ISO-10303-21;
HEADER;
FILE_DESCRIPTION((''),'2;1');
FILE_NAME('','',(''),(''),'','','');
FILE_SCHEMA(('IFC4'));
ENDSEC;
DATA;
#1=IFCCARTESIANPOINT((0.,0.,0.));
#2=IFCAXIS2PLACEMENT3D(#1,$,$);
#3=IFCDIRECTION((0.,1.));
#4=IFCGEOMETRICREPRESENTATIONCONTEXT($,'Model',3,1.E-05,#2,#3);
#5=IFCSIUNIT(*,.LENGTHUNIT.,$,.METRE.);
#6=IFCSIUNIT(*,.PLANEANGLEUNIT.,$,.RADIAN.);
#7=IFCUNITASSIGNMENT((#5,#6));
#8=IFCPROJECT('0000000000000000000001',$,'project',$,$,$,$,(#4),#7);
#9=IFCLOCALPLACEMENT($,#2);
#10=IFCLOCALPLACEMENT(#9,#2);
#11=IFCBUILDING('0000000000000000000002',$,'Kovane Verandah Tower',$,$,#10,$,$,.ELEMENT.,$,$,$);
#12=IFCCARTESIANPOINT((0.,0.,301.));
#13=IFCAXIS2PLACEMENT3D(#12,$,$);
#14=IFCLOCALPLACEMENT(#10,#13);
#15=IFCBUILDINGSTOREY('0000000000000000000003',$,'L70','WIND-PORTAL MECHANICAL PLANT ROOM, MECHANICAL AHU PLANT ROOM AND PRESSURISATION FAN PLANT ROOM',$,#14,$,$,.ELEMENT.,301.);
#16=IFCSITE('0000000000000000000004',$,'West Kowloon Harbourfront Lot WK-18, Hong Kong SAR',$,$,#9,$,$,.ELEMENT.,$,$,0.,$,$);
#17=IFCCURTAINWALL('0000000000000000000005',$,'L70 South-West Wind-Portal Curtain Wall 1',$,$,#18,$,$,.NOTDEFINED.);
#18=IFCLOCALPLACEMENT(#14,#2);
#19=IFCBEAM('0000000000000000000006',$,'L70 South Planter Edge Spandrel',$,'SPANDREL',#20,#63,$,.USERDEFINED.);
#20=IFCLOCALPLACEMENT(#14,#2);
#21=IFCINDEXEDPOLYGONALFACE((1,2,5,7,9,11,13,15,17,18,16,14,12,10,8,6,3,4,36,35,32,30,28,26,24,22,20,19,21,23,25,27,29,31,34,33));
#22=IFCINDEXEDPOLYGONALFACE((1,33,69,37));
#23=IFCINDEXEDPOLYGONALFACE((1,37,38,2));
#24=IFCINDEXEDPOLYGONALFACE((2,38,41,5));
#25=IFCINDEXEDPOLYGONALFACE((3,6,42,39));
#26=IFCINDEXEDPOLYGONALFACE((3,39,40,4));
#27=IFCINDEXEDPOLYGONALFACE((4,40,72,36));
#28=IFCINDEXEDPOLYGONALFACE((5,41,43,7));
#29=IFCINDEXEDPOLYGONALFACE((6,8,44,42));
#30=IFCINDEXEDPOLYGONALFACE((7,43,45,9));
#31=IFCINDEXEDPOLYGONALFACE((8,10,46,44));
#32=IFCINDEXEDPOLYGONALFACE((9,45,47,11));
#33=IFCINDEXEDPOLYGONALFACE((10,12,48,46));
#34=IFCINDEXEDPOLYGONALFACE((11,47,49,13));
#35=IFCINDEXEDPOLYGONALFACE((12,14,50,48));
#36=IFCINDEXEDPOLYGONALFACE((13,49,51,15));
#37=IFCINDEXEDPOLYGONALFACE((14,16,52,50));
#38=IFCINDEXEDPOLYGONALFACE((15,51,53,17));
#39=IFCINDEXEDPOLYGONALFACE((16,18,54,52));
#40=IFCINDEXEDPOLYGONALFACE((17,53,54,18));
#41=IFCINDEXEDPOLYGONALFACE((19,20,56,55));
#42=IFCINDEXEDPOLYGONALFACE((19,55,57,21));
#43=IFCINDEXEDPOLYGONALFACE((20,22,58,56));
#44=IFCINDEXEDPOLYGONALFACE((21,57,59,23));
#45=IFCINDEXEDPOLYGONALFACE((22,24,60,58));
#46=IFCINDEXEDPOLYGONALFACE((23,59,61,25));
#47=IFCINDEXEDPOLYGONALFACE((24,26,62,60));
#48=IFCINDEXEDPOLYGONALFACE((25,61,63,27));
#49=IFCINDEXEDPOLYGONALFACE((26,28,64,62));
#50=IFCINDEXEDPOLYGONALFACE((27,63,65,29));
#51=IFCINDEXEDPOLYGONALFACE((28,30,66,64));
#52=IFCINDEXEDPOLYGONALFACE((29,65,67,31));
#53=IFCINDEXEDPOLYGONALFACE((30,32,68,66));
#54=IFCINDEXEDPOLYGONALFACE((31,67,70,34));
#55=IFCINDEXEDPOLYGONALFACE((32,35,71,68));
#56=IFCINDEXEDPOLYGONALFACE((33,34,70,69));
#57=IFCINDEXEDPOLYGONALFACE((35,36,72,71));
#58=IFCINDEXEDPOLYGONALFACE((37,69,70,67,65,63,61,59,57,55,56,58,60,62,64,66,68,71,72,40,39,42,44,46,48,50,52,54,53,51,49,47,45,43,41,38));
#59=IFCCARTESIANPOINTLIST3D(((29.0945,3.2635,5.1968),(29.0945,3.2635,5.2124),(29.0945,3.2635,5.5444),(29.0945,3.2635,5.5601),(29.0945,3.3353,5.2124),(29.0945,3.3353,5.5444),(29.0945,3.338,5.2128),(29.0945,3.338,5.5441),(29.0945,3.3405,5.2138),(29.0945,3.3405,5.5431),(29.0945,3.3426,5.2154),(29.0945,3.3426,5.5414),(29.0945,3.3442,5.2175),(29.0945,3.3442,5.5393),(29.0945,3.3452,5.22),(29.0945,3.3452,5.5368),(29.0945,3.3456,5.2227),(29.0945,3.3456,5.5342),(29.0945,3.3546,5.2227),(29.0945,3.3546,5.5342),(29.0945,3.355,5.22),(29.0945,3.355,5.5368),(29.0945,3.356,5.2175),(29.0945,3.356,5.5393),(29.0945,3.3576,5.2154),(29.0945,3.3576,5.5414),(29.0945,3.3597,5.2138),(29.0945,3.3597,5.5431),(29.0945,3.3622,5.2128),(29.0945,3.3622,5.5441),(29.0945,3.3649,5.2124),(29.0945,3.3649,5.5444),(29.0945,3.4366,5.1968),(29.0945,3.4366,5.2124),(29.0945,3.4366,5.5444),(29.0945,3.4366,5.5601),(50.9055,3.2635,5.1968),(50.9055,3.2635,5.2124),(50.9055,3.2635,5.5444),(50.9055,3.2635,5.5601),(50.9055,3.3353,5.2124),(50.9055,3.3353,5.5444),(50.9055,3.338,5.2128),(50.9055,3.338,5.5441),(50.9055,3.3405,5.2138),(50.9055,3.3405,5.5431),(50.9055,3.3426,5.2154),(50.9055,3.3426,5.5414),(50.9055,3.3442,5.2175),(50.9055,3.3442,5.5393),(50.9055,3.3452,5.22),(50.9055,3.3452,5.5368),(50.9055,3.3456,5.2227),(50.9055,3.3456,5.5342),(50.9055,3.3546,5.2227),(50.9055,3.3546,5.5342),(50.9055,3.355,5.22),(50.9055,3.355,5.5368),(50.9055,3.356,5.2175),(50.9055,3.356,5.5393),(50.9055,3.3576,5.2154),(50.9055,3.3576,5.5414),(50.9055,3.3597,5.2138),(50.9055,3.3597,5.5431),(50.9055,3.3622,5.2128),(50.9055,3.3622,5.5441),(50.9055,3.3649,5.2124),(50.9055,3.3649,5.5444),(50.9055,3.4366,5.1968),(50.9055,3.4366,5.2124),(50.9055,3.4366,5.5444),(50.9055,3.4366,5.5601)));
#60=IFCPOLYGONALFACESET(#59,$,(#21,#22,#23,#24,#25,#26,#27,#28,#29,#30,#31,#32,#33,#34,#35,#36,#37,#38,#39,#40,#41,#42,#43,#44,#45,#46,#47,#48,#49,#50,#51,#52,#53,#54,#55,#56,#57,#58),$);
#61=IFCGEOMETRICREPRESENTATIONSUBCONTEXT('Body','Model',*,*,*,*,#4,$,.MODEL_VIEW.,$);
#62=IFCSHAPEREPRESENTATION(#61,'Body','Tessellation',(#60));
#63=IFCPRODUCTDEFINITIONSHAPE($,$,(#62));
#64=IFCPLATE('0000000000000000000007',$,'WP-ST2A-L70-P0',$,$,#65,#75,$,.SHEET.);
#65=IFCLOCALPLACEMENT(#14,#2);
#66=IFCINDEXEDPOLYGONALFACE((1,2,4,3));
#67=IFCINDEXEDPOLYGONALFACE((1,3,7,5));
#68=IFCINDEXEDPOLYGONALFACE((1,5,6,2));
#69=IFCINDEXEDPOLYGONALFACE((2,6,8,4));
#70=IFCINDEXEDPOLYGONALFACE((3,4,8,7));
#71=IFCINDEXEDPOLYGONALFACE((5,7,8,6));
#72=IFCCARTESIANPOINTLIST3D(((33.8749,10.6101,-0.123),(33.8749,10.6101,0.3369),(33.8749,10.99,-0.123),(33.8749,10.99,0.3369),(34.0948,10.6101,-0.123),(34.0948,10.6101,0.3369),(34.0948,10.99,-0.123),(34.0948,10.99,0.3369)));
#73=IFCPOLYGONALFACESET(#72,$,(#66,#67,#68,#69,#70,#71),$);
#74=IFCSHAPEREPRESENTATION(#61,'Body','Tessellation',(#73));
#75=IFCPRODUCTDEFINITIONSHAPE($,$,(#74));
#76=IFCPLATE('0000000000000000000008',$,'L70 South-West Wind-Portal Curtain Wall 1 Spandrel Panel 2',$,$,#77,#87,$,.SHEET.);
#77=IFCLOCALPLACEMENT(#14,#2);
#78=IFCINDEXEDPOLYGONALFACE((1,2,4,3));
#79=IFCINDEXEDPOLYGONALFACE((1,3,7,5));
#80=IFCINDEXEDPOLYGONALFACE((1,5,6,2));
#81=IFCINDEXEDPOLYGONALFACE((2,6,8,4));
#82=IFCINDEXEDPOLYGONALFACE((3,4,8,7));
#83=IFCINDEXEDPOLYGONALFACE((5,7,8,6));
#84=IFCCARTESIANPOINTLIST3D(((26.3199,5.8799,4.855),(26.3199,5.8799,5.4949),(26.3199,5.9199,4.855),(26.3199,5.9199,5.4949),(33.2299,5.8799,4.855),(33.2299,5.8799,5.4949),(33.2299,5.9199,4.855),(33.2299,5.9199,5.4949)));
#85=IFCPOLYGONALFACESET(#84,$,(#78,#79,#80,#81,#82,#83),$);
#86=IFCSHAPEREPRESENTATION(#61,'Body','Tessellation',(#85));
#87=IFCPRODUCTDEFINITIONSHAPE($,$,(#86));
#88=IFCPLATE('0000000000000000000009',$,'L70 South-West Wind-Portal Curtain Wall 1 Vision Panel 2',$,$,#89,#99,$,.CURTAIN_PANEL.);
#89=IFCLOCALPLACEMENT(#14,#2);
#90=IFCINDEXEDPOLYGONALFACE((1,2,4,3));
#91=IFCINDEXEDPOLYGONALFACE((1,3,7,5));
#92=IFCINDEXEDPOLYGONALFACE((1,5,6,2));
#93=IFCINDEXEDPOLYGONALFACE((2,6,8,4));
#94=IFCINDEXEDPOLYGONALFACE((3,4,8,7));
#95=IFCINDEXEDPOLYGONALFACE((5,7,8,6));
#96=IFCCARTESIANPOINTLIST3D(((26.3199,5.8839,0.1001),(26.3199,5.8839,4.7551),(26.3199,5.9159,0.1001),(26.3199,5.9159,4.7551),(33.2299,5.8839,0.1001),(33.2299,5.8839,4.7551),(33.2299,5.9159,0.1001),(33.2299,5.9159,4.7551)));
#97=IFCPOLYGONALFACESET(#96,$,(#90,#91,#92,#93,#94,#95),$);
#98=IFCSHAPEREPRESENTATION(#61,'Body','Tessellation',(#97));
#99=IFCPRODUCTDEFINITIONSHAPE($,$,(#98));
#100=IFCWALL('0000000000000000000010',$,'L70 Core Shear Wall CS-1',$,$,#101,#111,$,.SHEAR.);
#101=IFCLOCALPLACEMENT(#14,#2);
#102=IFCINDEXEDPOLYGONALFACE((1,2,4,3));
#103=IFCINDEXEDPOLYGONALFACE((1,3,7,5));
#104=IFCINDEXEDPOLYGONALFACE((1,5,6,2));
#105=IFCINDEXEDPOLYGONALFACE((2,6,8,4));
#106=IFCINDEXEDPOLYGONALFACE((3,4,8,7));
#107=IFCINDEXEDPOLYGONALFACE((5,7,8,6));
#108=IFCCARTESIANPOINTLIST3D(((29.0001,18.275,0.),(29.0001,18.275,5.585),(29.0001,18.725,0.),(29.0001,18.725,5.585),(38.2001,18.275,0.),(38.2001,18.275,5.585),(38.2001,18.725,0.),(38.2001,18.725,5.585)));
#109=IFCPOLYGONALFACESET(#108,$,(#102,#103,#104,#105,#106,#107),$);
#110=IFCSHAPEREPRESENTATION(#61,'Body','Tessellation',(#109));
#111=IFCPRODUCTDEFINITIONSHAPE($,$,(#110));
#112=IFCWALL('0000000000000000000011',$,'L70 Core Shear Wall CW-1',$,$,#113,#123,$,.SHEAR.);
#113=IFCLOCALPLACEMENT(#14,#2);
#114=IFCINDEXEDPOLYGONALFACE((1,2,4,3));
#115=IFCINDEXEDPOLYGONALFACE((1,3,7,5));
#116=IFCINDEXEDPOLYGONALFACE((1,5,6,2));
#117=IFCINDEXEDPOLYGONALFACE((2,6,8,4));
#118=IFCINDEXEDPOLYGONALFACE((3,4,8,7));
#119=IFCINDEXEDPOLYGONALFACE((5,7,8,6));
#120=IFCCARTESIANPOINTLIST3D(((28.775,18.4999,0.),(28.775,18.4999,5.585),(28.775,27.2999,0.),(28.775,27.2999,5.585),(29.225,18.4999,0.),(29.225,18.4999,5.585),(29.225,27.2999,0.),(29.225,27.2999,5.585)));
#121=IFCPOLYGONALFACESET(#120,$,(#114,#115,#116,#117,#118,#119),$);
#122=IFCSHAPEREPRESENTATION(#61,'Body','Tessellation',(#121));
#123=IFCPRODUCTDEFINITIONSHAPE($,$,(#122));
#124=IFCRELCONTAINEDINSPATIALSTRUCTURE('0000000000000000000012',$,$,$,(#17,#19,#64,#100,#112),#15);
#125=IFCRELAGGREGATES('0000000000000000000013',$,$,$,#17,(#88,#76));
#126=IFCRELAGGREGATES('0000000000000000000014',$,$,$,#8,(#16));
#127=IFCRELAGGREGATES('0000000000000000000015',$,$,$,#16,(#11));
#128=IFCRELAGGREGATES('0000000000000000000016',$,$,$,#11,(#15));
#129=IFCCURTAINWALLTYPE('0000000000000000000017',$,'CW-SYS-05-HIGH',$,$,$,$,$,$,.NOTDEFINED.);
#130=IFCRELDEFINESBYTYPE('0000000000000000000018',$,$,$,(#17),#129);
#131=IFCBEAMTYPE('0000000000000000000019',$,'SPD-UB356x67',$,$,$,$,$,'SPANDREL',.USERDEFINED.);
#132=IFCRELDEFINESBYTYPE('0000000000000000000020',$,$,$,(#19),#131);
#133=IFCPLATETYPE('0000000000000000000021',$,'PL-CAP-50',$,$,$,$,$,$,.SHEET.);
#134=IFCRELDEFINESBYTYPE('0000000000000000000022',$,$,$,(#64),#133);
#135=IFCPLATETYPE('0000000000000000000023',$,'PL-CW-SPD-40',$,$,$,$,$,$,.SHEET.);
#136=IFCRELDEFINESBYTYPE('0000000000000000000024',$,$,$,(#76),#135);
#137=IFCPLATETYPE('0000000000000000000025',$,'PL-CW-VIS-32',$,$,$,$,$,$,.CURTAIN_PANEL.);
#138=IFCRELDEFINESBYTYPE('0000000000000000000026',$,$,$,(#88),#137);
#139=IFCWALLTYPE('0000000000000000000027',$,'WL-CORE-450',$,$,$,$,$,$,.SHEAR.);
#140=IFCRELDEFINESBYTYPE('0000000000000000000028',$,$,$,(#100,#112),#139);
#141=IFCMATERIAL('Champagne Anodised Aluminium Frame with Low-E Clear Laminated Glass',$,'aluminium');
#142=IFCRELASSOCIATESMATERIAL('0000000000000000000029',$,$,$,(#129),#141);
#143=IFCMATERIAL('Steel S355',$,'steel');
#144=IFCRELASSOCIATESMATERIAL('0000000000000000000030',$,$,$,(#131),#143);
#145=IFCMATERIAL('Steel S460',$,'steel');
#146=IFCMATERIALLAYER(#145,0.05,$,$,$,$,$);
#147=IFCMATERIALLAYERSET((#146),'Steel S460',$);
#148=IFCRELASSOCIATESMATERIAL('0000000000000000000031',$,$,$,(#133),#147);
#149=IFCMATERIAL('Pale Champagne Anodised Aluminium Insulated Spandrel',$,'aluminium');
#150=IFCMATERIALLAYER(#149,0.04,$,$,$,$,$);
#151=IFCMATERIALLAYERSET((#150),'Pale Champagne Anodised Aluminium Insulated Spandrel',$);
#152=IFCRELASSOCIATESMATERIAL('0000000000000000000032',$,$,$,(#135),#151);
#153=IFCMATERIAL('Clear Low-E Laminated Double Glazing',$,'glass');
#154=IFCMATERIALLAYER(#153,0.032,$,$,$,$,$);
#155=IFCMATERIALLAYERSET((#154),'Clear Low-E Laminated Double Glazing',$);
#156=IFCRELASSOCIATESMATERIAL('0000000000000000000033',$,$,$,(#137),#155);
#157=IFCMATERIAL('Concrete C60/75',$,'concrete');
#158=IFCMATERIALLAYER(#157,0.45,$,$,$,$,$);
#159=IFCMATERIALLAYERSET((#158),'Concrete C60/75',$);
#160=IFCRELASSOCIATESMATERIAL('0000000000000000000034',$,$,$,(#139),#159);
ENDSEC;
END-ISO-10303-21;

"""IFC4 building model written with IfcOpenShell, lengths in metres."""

from ifc_helpers import new_model, si_unit, direction, frame, frame_2d, origin, origin_2d, place, context, subcontext, project, spatial, rectangle, i_section, extrude, material, layer, layer_set, material_profile, profile_set, type_object, element, aggregate, save


model = new_model("IFC4")

# Units and contexts
model_context = context("Model", 3, precision=1e-05, world=origin(), true_north=direction((0.0, 1.0)))
body_context = subcontext(model_context, "Body", "Model", "MODEL_VIEW")
ifc_project = project(units=[si_unit("LENGTHUNIT", "METRE"), si_unit("PLANEANGLEUNIT", "RADIAN")], contexts=[model_context])

# Site, building, storey
site_placement = place(None, origin())
site = spatial("IfcSite", under=ifc_project, at=site_placement, Name="West Kowloon Harbourfront Lot WK-18, Hong Kong SAR", CompositionType="ELEMENT", RefElevation=0.0)
building_placement = place(site_placement, origin())
building = spatial("IfcBuilding", under=site, at=building_placement, Name="Kovane Verandah Tower", CompositionType="ELEMENT")
storey_placement = place(building_placement, frame((0.0, 0.0, 301.0)))
storey = spatial("IfcBuildingStorey", under=building, at=storey_placement, Name="L70", Description="WIND-PORTAL MECHANICAL PLANT ROOM, MECHANICAL AHU PLANT ROOM AND PRESSURISATION FAN PLANT ROOM", CompositionType="ELEMENT", Elevation=301.0)

# Shared definitions
ifc_material_1 = material(Name="Concrete C60/75", Category="concrete")
ifc_material_2 = material(Name="Steel S460", Category="steel")

# Curtain wall
ifc_material_3 = material(Name="Champagne Anodised Aluminium Frame with Low-E Clear Laminated Glass", Category="aluminium")
curtain_wall_type = type_object("IfcCurtainWallType", Name="CW-SYS-05-HIGH", PredefinedType="NOTDEFINED", material=ifc_material_3)
curtain_wall_placement = place(storey_placement, origin())
curtain_wall = element("IfcCurtainWall", 1, at=curtain_wall_placement, inside=storey, type_object=curtain_wall_type, Name="L70 South-West Wind-Portal Curtain Wall 1", PredefinedType="NOTDEFINED")

# Shared definitions
ifc_material_4 = material(Name="Steel S355", Category="steel")

# Beam
ifc_material_profile_1 = material_profile(ifc_material_4, i_section(OverallWidth=0.1731, OverallDepth=0.3633, WebThickness=0.009, FlangeThickness=0.0156, FilletRadius=0.0103, at=origin_2d()), Name="UB356x171x67")
ifc_profile_set_1 = profile_set([ifc_material_profile_1], Name="Steel S355")
beam_type_1 = type_object("IfcBeamType", Name="SPD-UB356x67", ElementType="SPANDREL", PredefinedType="USERDEFINED", material=ifc_profile_set_1)
beam_1_placement = place(storey_placement, frame((29.0945, 3.3501, 5.3784), z_axis=(1.0, 0.0, 0.0), x_axis=(0.0, 1.0, 0.0)))
element("IfcBeam", 2, at=beam_1_placement, inside=storey, type_object=beam_type_1, Name="L70 South Planter Edge Spandrel", ObjectType="SPANDREL", PredefinedType="USERDEFINED", context=body_context, shape_type="SweptSolid", body=[
    extrude(i_section(OverallWidth=0.1731, OverallDepth=0.3633, WebThickness=0.009, FlangeThickness=0.0156, FilletRadius=0.0103, at=origin_2d()), origin(), (0.0, 0.0, 1.0), 21.811),
])

# Plates
ifc_layer_1 = layer(ifc_material_2, 0.05)
ifc_layer_set_1 = layer_set([ifc_layer_1], Name="Steel S460")
plate_type_1 = type_object("IfcPlateType", Name="PL-CAP-50", PredefinedType="SHEET", material=ifc_layer_set_1)
plate_1_placement = place(storey_placement, frame((33.9849, 10.8, -0.123), z_axis=(0.0, 0.0, 1.0), x_axis=(1.0, 0.0, 0.0)))
element("IfcPlate", 3, at=plate_1_placement, inside=storey, type_object=plate_type_1, Name="WP-ST2A-L70-P0", PredefinedType="SHEET", context=body_context, shape_type="SweptSolid", body=[
    extrude(rectangle(XDim=0.22, YDim=0.3799, at=origin_2d()), origin(), (0.0, 0.0, 1.0), 0.46),
])
ifc_material_5 = material(Name="Pale Champagne Anodised Aluminium Insulated Spandrel", Category="aluminium")
ifc_layer_2 = layer(ifc_material_5, 0.04)
ifc_layer_set_2 = layer_set([ifc_layer_2], Name="Pale Champagne Anodised Aluminium Insulated Spandrel")
plate_type_2 = type_object("IfcPlateType", Name="PL-CW-SPD-40", PredefinedType="SHEET", material=ifc_layer_set_2)
plate_2_placement = place(storey_placement, frame((29.7749, 5.8999, 4.855), z_axis=(0.0, 0.0, 1.0), x_axis=(1.0, 0.0, 0.0)))
plate_2 = element("IfcPlate", 4, at=plate_2_placement, type_object=plate_type_2, Name="L70 South-West Wind-Portal Curtain Wall 1 Spandrel Panel 2", PredefinedType="SHEET", context=body_context, shape_type="SweptSolid", body=[
    extrude(rectangle(XDim=6.9099, YDim=0.04, at=origin_2d()), origin(), (0.0, 0.0, 1.0), 0.6399),
])
ifc_material_6 = material(Name="Clear Low-E Laminated Double Glazing", Category="glass")
ifc_layer_3 = layer(ifc_material_6, 0.032)
ifc_layer_set_3 = layer_set([ifc_layer_3], Name="Clear Low-E Laminated Double Glazing")
plate_type_3 = type_object("IfcPlateType", Name="PL-CW-VIS-32", PredefinedType="CURTAIN_PANEL", material=ifc_layer_set_3)
plate_3_placement = place(storey_placement, frame((29.7749, 5.8999, 0.1001), z_axis=(0.0, 0.0, 1.0), x_axis=(1.0, 0.0, 0.0)))
plate_3 = element("IfcPlate", 5, at=plate_3_placement, type_object=plate_type_3, Name="L70 South-West Wind-Portal Curtain Wall 1 Vision Panel 2", PredefinedType="CURTAIN_PANEL", context=body_context, shape_type="SweptSolid", body=[
    extrude(rectangle(XDim=6.9099, YDim=0.032, at=origin_2d()), origin(), (0.0, 0.0, 1.0), 4.655),
])
aggregate(curtain_wall, [plate_3, plate_2])

# Walls
ifc_layer_4 = layer(ifc_material_1, 0.45)
ifc_layer_set_4 = layer_set([ifc_layer_4], Name="Concrete C60/75")
wall_type = type_object("IfcWallType", Name="WL-CORE-450", PredefinedType="SHEAR", material=ifc_layer_set_4)
wall_1_placement = place(storey_placement, frame((29.0, 18.5, 0.0), z_axis=(0.0, 0.0, 1.0), x_axis=(1.0, 0.0, 0.0)))
element("IfcWall", 6, at=wall_1_placement, inside=storey, type_object=wall_type, Name="L70 Core Shear Wall CS-1", PredefinedType="SHEAR", context=body_context, shape_type="SweptSolid", body=[
    extrude(rectangle(XDim=9.2, YDim=0.45, at=frame_2d((4.6001, 0.0))), origin(), (0.0, 0.0, 1.0), 5.585),
])
wall_2_placement = place(storey_placement, frame((29.0, 18.5, 0.0), z_axis=(0.0, 0.0, 1.0), x_axis=(0.0, 1.0, 0.0)))
element("IfcWall", 7, at=wall_2_placement, inside=storey, type_object=wall_type, Name="L70 Core Shear Wall CW-1", PredefinedType="SHEAR", context=body_context, shape_type="SweptSolid", body=[
    extrude(rectangle(XDim=8.8, YDim=0.45, at=frame_2d((4.3999, 0.0))), origin(), (0.0, 0.0, 1.0), 5.585),
])

save(model, "model.ifc")
